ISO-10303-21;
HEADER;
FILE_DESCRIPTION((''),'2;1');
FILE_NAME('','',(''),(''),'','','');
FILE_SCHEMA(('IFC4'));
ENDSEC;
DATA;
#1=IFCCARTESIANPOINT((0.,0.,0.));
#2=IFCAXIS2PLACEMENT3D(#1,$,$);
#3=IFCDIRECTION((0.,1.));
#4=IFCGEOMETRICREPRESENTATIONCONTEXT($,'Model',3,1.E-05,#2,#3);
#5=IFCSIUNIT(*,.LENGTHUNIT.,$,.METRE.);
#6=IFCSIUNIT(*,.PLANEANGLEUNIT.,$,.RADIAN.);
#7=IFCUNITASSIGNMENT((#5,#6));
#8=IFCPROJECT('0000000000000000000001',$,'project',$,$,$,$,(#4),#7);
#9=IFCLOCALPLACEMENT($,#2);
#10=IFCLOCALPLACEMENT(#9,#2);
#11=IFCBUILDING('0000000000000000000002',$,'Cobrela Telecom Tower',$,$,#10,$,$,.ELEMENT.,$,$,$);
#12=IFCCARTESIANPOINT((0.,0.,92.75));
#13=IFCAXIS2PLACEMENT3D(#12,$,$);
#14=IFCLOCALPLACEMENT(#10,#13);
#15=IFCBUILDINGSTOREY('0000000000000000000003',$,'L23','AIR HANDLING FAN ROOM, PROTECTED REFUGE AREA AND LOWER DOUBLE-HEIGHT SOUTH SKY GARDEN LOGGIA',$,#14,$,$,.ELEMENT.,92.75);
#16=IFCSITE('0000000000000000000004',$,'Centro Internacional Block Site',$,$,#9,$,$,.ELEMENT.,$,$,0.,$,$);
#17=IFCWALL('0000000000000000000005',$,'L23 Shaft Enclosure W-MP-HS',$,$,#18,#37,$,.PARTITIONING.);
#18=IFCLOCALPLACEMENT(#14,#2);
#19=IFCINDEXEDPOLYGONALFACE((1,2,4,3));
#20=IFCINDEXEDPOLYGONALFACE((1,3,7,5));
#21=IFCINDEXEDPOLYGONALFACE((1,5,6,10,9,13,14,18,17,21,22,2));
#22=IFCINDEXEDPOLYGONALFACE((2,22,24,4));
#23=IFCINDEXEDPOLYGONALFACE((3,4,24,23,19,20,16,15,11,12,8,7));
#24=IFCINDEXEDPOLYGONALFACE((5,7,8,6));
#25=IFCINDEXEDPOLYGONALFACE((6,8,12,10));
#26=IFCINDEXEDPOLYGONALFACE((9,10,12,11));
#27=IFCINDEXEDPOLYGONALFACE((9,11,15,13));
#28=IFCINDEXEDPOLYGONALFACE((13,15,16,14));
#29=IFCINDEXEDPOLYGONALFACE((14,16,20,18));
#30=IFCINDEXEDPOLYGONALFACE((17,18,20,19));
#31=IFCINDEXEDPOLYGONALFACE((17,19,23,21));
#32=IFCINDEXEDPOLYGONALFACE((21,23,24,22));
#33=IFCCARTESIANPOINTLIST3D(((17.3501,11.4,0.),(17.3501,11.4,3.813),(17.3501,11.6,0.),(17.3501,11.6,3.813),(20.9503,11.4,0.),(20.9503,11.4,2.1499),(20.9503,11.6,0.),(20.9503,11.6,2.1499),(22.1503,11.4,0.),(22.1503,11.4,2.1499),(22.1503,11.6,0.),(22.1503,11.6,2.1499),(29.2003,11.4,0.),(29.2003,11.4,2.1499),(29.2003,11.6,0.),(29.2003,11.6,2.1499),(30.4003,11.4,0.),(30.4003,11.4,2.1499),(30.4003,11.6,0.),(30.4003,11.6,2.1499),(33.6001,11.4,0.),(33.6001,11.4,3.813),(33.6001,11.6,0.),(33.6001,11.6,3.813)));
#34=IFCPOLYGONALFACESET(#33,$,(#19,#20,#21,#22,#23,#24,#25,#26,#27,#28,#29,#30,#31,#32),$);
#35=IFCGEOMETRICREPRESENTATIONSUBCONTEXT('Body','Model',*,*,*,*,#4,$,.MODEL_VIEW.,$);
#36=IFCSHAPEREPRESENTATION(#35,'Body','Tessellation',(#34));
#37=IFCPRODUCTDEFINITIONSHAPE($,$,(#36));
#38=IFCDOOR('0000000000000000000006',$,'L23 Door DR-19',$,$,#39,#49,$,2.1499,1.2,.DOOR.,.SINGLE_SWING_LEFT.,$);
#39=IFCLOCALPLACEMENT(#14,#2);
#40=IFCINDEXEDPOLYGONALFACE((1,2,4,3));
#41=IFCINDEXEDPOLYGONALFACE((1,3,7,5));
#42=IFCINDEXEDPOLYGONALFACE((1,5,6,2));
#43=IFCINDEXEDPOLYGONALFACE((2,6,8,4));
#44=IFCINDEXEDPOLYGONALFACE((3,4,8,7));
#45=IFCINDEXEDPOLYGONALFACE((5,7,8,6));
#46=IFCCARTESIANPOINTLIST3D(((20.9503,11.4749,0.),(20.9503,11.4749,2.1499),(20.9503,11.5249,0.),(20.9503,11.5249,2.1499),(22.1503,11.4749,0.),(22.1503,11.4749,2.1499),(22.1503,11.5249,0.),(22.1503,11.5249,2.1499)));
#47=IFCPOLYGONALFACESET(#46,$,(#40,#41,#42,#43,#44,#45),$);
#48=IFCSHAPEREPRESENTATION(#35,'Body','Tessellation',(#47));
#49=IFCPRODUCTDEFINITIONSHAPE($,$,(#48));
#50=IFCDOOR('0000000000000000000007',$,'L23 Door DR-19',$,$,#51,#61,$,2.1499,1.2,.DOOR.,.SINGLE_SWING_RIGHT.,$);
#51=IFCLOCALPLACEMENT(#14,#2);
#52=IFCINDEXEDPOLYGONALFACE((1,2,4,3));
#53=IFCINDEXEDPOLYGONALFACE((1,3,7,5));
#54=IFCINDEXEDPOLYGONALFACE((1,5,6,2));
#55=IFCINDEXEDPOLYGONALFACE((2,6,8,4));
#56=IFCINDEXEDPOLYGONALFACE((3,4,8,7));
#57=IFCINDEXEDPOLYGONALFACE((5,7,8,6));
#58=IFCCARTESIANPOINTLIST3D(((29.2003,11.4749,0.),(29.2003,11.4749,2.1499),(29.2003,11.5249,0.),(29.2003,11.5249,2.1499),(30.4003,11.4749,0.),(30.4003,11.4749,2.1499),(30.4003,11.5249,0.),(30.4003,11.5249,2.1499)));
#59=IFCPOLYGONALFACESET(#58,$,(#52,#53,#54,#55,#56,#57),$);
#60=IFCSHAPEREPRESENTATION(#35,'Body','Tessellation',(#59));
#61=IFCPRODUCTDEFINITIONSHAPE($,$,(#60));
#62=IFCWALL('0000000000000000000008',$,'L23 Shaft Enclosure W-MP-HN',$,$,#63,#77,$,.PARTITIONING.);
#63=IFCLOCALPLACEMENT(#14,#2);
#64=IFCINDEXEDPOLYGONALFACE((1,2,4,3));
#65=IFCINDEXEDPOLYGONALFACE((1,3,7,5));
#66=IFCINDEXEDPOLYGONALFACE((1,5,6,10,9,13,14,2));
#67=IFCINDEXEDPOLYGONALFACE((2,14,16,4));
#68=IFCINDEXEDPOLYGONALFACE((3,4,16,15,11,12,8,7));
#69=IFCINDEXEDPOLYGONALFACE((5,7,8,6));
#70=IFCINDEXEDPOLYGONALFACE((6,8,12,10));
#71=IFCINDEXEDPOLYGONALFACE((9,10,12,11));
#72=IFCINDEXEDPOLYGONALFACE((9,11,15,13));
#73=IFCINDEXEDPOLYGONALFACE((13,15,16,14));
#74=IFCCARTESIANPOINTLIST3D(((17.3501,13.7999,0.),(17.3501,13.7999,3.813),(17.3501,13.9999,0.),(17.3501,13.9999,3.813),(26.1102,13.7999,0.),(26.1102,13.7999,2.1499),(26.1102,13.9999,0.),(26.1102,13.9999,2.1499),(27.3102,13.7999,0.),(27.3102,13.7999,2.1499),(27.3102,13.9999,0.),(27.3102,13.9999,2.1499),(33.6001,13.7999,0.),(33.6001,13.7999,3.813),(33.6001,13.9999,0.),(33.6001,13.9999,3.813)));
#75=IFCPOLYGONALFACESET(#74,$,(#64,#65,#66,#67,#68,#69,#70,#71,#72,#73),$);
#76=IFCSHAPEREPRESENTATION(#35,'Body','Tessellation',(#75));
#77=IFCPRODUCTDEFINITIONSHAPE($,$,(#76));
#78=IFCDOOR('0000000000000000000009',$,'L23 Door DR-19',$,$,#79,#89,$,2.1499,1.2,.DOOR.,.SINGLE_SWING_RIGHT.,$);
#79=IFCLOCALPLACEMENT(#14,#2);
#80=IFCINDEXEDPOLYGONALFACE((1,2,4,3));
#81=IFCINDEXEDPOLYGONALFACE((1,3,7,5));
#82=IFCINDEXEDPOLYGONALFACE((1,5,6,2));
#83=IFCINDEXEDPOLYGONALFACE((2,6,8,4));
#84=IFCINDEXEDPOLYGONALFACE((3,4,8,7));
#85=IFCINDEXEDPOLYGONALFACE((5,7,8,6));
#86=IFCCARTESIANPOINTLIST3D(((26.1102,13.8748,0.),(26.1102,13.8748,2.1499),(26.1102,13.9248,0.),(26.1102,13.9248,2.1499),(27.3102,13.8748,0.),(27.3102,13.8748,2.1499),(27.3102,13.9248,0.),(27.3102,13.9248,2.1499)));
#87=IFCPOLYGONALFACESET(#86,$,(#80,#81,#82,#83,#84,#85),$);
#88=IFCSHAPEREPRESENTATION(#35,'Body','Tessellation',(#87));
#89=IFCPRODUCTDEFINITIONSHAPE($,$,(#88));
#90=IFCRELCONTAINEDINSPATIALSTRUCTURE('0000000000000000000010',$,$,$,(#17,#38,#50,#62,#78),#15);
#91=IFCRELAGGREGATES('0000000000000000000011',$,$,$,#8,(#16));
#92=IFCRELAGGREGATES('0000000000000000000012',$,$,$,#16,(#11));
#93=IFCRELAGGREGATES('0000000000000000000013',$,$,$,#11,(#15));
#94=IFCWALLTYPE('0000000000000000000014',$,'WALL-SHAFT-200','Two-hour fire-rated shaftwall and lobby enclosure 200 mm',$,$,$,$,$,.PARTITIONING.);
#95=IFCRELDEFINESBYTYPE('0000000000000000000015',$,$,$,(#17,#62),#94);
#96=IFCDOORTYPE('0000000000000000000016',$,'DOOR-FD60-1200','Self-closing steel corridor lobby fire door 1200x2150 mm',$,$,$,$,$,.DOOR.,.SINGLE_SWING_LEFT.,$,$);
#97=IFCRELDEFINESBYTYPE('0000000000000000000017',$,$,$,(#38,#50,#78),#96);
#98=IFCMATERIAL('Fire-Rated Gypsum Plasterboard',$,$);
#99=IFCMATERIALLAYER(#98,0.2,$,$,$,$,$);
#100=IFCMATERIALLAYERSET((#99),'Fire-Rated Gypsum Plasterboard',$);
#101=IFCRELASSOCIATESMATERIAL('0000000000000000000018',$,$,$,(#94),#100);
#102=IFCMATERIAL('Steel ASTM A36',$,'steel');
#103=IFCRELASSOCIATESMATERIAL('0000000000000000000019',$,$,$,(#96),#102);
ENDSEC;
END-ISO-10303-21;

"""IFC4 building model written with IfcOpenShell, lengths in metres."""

from ifc_helpers import new_model, si_unit, direction, frame, frame_2d, origin, place, context, subcontext, project, spatial, rectangle, extrude, material, layer, layer_set, type_object, element, fill, save


model = new_model("IFC4")

# Units and contexts
model_context = context("Model", 3, precision=1e-05, world=origin(), true_north=direction((0.0, 1.0)))
body_context = subcontext(model_context, "Body", "Model", "MODEL_VIEW")
ifc_project = project(units=[si_unit("LENGTHUNIT", "METRE"), si_unit("PLANEANGLEUNIT", "RADIAN")], contexts=[model_context])

# Site, building, storey
site_placement = place(None, origin())
site = spatial("IfcSite", under=ifc_project, at=site_placement, Name="Centro Internacional Block Site", CompositionType="ELEMENT", RefElevation=0.0)
building_placement = place(site_placement, origin())
building = spatial("IfcBuilding", under=site, at=building_placement, Name="Cobrela Telecom Tower", CompositionType="ELEMENT")
storey_placement = place(building_placement, frame((0.0, 0.0, 92.75)))
storey = spatial("IfcBuildingStorey", under=building, at=storey_placement, Name="L23", Description="AIR HANDLING FAN ROOM, PROTECTED REFUGE AREA AND LOWER DOUBLE-HEIGHT SOUTH SKY GARDEN LOGGIA", CompositionType="ELEMENT", Elevation=92.75)

# Shared definitions
ifc_material_1 = material(Name="Fire-Rated Gypsum Plasterboard")
ifc_layer_1 = layer(ifc_material_1, 0.2)
ifc_layer_set_1 = layer_set([ifc_layer_1], Name="Fire-Rated Gypsum Plasterboard")
wall_type_1 = type_object("IfcWallType", Name="WALL-SHAFT-200", Description="Two-hour fire-rated shaftwall and lobby enclosure 200 mm", PredefinedType="PARTITIONING", material=ifc_layer_set_1)

# Shared definitions
ifc_material_2 = material(Name="Steel ASTM A36", Category="steel")
door_type_1 = type_object("IfcDoorType", Name="DOOR-FD60-1200", Description="Self-closing steel corridor lobby fire door 1200x2150 mm", OperationType="SINGLE_SWING_LEFT", PredefinedType="DOOR", material=ifc_material_2)

# Wall, openings, doors
wall_1_placement = place(storey_placement, frame((17.3501, 11.5, 0.0), z_axis=(0.0, 0.0, 1.0), x_axis=(1.0, 0.0, 0.0)))
wall_1 = element("IfcWall", 1, at=wall_1_placement, inside=storey, type_object=wall_type_1, Name="L23 Shaft Enclosure W-MP-HS", PredefinedType="PARTITIONING", context=body_context, shape_type="SweptSolid", body=[
    extrude(rectangle(XDim=16.25, YDim=0.2, at=frame_2d((8.125, 0.0))), origin(), (0.0, 0.0, 1.0), 3.813),
])
opening_1_placement = place(wall_1_placement, frame((3.6001, 0.0, 0.0)))
opening_1 = element("IfcOpeningElement", 2, at=opening_1_placement, cuts=wall_1, PredefinedType="OPENING", context=body_context, shape_type="SweptSolid", body=[
    extrude(rectangle(XDim=1.2, YDim=2.1499, at=frame_2d((0.6001, 1.075))), frame((0.0, 0.1118, 0.0), z_axis=(0.0, -1.0, 0.0), x_axis=(1.0, 0.0, 0.0)), (0.0, 0.0, 1.0), 0.2239),
])
opening_2_placement = place(wall_1_placement, frame((11.8501, 0.0, 0.0)))
opening_2 = element("IfcOpeningElement", 3, at=opening_2_placement, cuts=wall_1, PredefinedType="OPENING", context=body_context, shape_type="SweptSolid", body=[
    extrude(rectangle(XDim=1.2, YDim=2.1499, at=frame_2d((0.6001, 1.075))), frame((0.0, 0.1118, 0.0), z_axis=(0.0, -1.0, 0.0), x_axis=(1.0, 0.0, 0.0)), (0.0, 0.0, 1.0), 0.2239),
])
door_1_placement = place(opening_1_placement, origin())
door_1 = element("IfcDoor", 4, at=door_1_placement, inside=storey, type_object=door_type_1, Name="L23 Door DR-19", OperationType="SINGLE_SWING_LEFT", OverallHeight=2.1499, OverallWidth=1.2, PredefinedType="DOOR", context=body_context, shape_type="SweptSolid", body=[
    extrude(rectangle(XDim=1.2, YDim=2.1499, at=frame_2d((0.6001, 1.075))), frame((0.0, 0.0249, 0.0), z_axis=(0.0, -1.0, 0.0), x_axis=(1.0, 0.0, 0.0)), (0.0, 0.0, 1.0), 0.05),
])
fill(opening_1, door_1)
door_2_placement = place(opening_2_placement, origin())
door_2 = element("IfcDoor", 5, at=door_2_placement, inside=storey, type_object=door_type_1, Name="L23 Door DR-19", OperationType="SINGLE_SWING_RIGHT", OverallHeight=2.1499, OverallWidth=1.2, PredefinedType="DOOR", context=body_context, shape_type="SweptSolid", body=[
    extrude(rectangle(XDim=1.2, YDim=2.1499, at=frame_2d((0.6001, 1.075))), frame((0.0, 0.0249, 0.0), z_axis=(0.0, -1.0, 0.0), x_axis=(1.0, 0.0, 0.0)), (0.0, 0.0, 1.0), 0.05),
])
fill(opening_2, door_2)

# Wall, opening, door
wall_2_placement = place(storey_placement, frame((17.3501, 13.8999, 0.0), z_axis=(0.0, 0.0, 1.0), x_axis=(1.0, 0.0, 0.0)))
wall_2 = element("IfcWall", 6, at=wall_2_placement, inside=storey, type_object=wall_type_1, Name="L23 Shaft Enclosure W-MP-HN", PredefinedType="PARTITIONING", context=body_context, shape_type="SweptSolid", body=[
    extrude(rectangle(XDim=16.25, YDim=0.2, at=frame_2d((8.125, 0.0))), origin(), (0.0, 0.0, 1.0), 3.813),
])
opening_3_placement = place(wall_2_placement, frame((8.76, 0.0, 0.0)))
opening_3 = element("IfcOpeningElement", 7, at=opening_3_placement, cuts=wall_2, PredefinedType="OPENING", context=body_context, shape_type="SweptSolid", body=[
    extrude(rectangle(XDim=1.2, YDim=2.1499, at=frame_2d((0.6001, 1.075))), frame((0.0, 0.1118, 0.0), z_axis=(0.0, -1.0, 0.0), x_axis=(1.0, 0.0, 0.0)), (0.0, 0.0, 1.0), 0.2239),
])
door_3_placement = place(opening_3_placement, origin())
door_3 = element("IfcDoor", 8, at=door_3_placement, inside=storey, type_object=door_type_1, Name="L23 Door DR-19", OperationType="SINGLE_SWING_RIGHT", OverallHeight=2.1499, OverallWidth=1.2, PredefinedType="DOOR", context=body_context, shape_type="SweptSolid", body=[
    extrude(rectangle(XDim=1.2, YDim=2.1499, at=frame_2d((0.6001, 1.075))), frame((0.0, 0.0249, 0.0), z_axis=(0.0, -1.0, 0.0), x_axis=(1.0, 0.0, 0.0)), (0.0, 0.0, 1.0), 0.05),
])
fill(opening_3, door_3)

save(model, "model.ifc")
